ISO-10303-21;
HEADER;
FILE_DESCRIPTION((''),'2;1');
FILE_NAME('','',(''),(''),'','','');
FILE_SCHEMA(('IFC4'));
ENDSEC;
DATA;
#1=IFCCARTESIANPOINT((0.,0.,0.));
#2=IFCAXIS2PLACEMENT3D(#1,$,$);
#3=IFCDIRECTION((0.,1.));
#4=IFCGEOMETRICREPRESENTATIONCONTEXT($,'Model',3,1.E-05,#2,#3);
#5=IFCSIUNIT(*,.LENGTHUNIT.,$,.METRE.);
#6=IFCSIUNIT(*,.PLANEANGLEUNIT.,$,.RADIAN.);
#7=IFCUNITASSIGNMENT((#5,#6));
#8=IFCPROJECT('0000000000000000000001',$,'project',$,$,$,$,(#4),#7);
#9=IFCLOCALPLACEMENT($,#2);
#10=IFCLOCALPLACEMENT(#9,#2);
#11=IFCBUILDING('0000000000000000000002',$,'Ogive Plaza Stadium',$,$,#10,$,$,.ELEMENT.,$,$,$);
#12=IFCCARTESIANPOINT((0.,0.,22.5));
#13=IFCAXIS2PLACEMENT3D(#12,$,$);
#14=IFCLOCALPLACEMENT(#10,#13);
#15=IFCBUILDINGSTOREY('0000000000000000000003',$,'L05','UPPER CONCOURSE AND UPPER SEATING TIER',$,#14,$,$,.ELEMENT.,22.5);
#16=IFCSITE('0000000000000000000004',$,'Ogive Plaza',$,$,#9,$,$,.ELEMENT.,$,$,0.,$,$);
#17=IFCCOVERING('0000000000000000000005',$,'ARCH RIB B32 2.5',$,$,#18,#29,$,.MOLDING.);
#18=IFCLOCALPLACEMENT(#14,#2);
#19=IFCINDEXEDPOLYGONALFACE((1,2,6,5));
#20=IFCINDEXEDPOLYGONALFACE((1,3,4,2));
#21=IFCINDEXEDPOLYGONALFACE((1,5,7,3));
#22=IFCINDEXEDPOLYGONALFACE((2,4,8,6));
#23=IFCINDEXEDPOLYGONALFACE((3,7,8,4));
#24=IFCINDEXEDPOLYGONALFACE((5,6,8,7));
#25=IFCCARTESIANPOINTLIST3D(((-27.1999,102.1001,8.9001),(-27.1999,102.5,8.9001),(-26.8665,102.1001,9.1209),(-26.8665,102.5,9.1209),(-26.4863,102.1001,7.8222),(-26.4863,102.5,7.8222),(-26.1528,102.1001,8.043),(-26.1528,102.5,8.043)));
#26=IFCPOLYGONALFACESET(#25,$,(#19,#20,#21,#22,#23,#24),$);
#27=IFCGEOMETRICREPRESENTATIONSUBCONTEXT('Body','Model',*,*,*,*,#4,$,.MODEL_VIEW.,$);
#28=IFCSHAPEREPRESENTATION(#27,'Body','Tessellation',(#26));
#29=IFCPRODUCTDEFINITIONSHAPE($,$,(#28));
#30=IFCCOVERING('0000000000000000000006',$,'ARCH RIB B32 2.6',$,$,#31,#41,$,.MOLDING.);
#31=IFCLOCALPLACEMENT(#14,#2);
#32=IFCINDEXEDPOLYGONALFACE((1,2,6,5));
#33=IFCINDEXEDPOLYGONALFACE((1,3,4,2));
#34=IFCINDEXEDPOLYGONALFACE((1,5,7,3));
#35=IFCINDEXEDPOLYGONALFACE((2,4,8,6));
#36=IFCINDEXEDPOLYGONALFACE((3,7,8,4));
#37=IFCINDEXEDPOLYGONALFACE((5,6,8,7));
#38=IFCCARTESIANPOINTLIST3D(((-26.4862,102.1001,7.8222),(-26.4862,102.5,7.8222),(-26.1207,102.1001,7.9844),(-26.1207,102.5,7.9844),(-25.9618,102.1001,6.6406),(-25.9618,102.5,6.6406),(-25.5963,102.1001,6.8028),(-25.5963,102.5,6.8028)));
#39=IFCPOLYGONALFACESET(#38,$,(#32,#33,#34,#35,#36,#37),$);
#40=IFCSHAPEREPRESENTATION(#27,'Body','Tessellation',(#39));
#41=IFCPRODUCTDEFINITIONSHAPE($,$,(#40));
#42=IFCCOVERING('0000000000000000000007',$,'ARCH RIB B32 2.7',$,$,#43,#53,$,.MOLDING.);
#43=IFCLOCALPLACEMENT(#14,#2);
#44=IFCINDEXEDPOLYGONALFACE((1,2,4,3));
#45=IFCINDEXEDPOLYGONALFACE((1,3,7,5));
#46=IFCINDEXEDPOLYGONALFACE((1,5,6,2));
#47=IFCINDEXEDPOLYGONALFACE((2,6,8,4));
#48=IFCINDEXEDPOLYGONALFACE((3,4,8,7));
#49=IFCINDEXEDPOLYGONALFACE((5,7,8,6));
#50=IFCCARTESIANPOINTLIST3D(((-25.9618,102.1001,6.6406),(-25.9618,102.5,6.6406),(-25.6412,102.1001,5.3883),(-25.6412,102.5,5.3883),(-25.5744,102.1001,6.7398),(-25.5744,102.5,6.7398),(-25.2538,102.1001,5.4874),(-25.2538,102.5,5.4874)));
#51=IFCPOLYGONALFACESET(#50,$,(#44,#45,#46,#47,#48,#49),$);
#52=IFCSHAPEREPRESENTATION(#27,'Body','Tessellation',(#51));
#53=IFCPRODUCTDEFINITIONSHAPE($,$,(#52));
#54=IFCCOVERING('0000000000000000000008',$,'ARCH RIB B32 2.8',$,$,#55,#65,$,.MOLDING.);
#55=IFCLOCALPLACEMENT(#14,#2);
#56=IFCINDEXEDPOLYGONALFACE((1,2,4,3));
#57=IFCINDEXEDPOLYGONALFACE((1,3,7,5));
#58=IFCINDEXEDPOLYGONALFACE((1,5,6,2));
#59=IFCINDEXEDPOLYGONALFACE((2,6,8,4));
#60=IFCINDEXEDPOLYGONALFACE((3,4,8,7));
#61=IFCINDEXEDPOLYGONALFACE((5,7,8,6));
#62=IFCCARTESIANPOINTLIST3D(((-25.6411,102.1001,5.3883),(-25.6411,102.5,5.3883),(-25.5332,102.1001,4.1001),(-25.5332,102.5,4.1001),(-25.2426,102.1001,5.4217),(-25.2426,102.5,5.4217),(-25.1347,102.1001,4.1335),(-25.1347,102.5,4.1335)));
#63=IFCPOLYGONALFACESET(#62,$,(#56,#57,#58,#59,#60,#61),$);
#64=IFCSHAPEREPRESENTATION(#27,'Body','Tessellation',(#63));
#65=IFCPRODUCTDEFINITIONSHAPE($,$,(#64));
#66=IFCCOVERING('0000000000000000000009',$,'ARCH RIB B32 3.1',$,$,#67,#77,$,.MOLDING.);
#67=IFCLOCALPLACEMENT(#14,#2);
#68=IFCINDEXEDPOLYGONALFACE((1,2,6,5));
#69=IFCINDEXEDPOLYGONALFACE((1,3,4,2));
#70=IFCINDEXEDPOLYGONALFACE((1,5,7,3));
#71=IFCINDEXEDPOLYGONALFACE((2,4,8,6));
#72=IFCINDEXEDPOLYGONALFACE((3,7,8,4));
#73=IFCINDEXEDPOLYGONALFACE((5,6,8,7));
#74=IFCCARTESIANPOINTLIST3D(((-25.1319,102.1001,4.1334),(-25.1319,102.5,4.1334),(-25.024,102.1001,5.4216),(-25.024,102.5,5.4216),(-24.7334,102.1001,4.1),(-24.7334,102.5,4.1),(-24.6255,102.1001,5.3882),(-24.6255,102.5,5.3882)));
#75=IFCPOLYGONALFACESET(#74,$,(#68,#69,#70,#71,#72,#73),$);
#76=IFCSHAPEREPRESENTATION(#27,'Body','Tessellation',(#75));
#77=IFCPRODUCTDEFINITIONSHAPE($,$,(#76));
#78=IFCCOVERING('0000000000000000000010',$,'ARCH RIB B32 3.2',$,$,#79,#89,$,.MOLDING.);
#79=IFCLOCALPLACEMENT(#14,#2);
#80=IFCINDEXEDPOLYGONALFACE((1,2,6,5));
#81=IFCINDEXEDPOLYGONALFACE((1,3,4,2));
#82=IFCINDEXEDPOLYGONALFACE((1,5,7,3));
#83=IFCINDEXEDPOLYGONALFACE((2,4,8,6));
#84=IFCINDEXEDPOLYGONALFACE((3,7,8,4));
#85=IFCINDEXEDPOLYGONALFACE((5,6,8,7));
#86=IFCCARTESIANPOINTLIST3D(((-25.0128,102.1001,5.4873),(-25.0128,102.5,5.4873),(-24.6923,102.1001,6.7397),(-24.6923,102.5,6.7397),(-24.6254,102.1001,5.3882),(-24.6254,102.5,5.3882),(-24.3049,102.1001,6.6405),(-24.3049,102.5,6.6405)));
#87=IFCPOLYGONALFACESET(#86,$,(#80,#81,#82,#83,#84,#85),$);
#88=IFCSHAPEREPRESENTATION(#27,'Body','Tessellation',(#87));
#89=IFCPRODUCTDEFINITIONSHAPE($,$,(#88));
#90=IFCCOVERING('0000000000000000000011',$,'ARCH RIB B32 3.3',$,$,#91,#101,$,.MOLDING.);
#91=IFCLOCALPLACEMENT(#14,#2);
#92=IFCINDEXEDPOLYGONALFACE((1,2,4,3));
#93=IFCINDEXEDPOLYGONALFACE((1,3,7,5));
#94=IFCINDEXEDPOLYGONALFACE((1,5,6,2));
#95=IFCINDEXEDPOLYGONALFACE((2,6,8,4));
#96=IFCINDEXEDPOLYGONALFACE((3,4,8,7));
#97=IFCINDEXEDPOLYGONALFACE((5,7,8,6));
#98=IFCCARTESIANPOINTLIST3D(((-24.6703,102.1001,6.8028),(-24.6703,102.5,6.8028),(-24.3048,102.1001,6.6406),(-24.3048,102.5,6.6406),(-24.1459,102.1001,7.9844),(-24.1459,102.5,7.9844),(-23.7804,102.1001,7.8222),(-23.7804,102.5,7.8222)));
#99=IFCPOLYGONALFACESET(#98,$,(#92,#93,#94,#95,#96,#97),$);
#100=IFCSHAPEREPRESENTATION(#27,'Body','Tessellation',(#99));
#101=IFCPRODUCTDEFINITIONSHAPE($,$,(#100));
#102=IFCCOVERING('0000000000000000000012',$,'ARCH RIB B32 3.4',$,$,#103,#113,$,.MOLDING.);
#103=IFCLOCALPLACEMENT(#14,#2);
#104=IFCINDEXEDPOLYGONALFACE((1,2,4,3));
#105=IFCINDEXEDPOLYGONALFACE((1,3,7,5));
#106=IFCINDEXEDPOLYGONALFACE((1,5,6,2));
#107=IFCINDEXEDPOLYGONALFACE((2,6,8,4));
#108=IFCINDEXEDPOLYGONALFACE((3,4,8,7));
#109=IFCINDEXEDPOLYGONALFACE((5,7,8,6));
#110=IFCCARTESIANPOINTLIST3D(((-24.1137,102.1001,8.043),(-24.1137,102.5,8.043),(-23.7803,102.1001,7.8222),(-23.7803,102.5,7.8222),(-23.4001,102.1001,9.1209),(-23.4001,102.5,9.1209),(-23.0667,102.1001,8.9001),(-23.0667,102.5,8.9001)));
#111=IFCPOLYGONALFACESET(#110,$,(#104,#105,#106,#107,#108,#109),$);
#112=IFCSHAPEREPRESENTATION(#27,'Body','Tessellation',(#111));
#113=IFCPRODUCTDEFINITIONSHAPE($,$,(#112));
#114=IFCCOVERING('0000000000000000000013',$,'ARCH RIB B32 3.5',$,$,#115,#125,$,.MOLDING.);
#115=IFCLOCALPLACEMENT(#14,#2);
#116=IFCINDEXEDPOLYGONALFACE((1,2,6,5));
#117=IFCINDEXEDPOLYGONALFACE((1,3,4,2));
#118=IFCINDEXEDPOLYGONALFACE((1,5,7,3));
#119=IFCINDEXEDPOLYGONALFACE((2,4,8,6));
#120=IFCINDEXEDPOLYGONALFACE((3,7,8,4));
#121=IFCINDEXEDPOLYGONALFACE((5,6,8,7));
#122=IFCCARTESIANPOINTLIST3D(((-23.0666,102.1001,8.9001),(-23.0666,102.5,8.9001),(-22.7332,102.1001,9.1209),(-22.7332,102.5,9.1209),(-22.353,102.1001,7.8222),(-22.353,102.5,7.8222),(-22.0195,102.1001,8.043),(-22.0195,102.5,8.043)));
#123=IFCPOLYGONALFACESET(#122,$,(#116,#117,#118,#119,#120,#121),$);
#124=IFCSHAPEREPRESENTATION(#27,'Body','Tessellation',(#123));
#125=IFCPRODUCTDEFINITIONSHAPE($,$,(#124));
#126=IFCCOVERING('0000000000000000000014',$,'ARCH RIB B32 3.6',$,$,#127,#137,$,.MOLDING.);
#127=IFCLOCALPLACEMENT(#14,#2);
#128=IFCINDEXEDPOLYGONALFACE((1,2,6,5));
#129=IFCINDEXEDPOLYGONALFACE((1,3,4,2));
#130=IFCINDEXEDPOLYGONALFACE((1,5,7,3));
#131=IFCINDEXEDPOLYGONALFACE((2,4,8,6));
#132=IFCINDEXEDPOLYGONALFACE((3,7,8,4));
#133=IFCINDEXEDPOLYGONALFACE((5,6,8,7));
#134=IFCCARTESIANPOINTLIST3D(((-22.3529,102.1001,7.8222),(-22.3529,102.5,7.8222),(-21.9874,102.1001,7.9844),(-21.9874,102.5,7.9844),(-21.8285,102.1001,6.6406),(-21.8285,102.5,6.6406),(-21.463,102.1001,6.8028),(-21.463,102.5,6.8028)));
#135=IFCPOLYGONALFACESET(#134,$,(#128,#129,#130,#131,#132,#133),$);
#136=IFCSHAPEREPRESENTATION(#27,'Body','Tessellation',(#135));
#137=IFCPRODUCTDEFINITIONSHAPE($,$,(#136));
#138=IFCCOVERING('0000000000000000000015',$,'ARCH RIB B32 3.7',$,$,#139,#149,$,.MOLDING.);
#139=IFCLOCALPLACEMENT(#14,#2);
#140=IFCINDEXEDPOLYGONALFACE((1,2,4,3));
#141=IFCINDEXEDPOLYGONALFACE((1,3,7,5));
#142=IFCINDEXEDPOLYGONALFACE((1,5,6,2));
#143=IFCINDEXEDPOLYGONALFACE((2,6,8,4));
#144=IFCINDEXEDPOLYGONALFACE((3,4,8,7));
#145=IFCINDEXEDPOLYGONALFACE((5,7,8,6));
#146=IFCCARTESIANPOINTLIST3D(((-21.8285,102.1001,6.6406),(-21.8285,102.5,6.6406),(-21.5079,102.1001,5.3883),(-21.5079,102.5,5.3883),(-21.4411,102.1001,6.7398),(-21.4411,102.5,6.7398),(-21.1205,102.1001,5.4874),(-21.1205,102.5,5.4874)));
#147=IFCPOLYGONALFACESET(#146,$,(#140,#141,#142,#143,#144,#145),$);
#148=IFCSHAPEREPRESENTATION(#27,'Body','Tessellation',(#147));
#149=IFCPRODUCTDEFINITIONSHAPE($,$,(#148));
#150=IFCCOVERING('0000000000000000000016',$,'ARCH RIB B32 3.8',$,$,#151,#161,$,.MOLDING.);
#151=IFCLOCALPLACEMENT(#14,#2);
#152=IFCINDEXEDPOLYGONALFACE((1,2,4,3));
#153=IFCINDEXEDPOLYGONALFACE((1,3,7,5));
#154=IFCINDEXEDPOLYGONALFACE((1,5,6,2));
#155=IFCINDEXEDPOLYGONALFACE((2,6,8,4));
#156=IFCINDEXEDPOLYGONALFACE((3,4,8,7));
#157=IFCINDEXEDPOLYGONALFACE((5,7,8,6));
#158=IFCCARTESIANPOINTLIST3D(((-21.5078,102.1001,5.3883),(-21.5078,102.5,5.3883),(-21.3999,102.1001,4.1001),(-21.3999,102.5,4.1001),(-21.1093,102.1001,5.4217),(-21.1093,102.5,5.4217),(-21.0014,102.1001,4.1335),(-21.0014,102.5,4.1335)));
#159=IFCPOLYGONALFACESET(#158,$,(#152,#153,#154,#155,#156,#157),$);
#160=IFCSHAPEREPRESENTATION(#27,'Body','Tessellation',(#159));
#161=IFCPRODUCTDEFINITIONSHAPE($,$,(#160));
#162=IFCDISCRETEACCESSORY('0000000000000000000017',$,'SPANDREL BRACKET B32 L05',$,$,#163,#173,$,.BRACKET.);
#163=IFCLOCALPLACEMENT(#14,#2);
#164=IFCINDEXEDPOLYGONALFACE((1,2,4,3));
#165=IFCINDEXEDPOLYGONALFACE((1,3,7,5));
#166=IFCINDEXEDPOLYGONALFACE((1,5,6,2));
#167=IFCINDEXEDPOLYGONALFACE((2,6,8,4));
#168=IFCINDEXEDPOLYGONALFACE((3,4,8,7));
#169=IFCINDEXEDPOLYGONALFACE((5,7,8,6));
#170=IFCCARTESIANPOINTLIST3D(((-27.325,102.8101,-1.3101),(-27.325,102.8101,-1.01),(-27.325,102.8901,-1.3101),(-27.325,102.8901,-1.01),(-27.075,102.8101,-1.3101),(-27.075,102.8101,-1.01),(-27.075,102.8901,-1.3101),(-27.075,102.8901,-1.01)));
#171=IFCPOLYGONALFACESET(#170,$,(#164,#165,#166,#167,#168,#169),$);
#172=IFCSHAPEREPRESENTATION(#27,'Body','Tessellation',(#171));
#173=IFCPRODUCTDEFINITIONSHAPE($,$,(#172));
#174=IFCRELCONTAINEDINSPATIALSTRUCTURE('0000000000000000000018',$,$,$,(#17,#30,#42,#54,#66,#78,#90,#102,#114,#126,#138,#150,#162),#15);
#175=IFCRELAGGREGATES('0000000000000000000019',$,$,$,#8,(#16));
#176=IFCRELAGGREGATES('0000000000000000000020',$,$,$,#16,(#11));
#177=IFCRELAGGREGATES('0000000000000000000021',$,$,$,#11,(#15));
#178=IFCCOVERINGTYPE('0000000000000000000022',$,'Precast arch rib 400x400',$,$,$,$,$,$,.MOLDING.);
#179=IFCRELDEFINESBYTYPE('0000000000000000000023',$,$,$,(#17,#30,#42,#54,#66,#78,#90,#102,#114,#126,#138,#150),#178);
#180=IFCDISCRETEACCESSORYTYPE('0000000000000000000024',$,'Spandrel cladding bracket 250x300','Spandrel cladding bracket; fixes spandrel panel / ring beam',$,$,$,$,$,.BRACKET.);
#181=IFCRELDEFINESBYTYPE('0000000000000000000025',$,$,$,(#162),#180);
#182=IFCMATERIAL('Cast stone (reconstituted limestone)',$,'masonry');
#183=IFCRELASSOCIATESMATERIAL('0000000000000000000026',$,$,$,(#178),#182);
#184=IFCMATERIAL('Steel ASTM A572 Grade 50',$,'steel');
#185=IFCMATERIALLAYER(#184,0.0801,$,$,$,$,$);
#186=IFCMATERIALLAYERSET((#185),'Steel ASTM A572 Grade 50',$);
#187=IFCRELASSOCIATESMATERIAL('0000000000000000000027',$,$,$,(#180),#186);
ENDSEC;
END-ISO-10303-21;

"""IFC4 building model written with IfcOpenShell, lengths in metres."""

from ifc_helpers import new_model, si_unit, direction, frame, origin, origin_2d, place, context, subcontext, project, spatial, rectangle, extrude, material, layer, layer_set, material_profile, profile_set, type_object, element, save


model = new_model("IFC4")

# Units and contexts
model_context = context("Model", 3, precision=1e-05, world=origin(), true_north=direction((0.0, 1.0)))
body_context = subcontext(model_context, "Body", "Model", "MODEL_VIEW")
ifc_project = project(units=[si_unit("LENGTHUNIT", "METRE"), si_unit("PLANEANGLEUNIT", "RADIAN")], contexts=[model_context])

# Site, building, storey
site_placement = place(None, origin())
site = spatial("IfcSite", under=ifc_project, at=site_placement, Name="Ogive Plaza", CompositionType="ELEMENT", RefElevation=0.0)
building_placement = place(site_placement, origin())
building = spatial("IfcBuilding", under=site, at=building_placement, Name="Ogive Plaza Stadium", CompositionType="ELEMENT")
storey_placement = place(building_placement, frame((0.0, 0.0, 22.5)))
storey = spatial("IfcBuildingStorey", under=building, at=storey_placement, Name="L05", Description="UPPER CONCOURSE AND UPPER SEATING TIER", CompositionType="ELEMENT", Elevation=22.5)

# Coverings
ifc_material_1 = material(Name="Cast stone (reconstituted limestone)", Category="masonry")
ifc_material_profile_1 = material_profile(ifc_material_1, rectangle(XDim=0.3999, YDim=0.3999, at=origin_2d()), Name="Cast stone 400x400")
ifc_profile_set_1 = profile_set([ifc_material_profile_1], Name="Cast stone (reconstituted limestone)")
covering_type = type_object("IfcCoveringType", Name="Precast arch rib 400x400", PredefinedType="MOLDING", material=ifc_profile_set_1)
for number, where, z_axis, x_axis, name in (
    (1, (-27.0332, 102.3, 9.0105), (0.552039, 0.0, -0.833818), (0.0, 1.0, 0.0), "ARCH RIB B32 2.5"),
    (2, (-26.3035, 102.3, 7.9033), (0.405648, 0.0, -0.914029), (0.0, 1.0, 0.0), "ARCH RIB B32 2.6"),
    (3, (-25.7681, 102.3, 6.6902), (0.247953, 0.0, -0.968772), (0.0, 1.0, 0.0), "ARCH RIB B32 2.7"),
    (4, (-25.4419, 102.3, 5.405), (0.083467, 0.0, -0.996511), (0.0, 1.0, 0.0), "ARCH RIB B32 2.8"),
    (5, (-24.9326, 102.3, 4.1167), (0.083467, 0.0, 0.996511), (0.0, 1.0, 0.0), "ARCH RIB B32 3.1"),
    (6, (-24.8191, 102.3, 5.4377), (0.247953, 0.0, 0.968772), (0.0, 1.0, 0.0), "ARCH RIB B32 3.2"),
    (7, (-24.4875, 102.3, 6.7217), (0.405648, 0.0, 0.914029), (0.0, 1.0, 0.0), "ARCH RIB B32 3.3"),
    (8, (-23.947, 102.3, 7.9326), (0.552039, 0.0, 0.833818), (0.0, 1.0, 0.0), "ARCH RIB B32 3.4"),
    (9, (-22.8999, 102.3, 9.0105), (0.552039, 0.0, -0.833818), (0.0, 1.0, 0.0), "ARCH RIB B32 3.5"),
    (10, (-22.1702, 102.3, 7.9033), (0.405648, 0.0, -0.914029), (0.0, 1.0, 0.0), "ARCH RIB B32 3.6"),
    (11, (-21.6348, 102.3, 6.6902), (0.247953, 0.0, -0.968772), (0.0, 1.0, 0.0), "ARCH RIB B32 3.7"),
    (12, (-21.3086, 102.3, 5.405), (0.083467, 0.0, -0.996511), (0.0, 1.0, 0.0), "ARCH RIB B32 3.8"),
):
    element("IfcCovering", number, at=place(storey_placement, frame(where, z_axis=z_axis, x_axis=x_axis)), inside=storey, type_object=covering_type, Name=name, PredefinedType="MOLDING", context=body_context, shape_type="SweptSolid", body=[
        extrude(rectangle(XDim=0.3999, YDim=0.3999, at=origin_2d()), origin(), (0.0, 0.0, 1.0), 1.2927),
    ])

# Discrete accessory
ifc_material_2 = material(Name="Steel ASTM A572 Grade 50", Category="steel")
ifc_layer_1 = layer(ifc_material_2, 0.0801)
ifc_layer_set_1 = layer_set([ifc_layer_1], Name="Steel ASTM A572 Grade 50")
discrete_accessory_type = type_object("IfcDiscreteAccessoryType", Name="Spandrel cladding bracket 250x300", Description="Spandrel cladding bracket; fixes spandrel panel / ring beam", PredefinedType="BRACKET", material=ifc_layer_set_1)
discrete_accessory_placement = place(storey_placement, frame((-27.2, 102.8501, -1.3101), z_axis=(0.0, 0.0, 1.0), x_axis=(1.0, 0.0, 0.0)))
element("IfcDiscreteAccessory", 13, at=discrete_accessory_placement, inside=storey, type_object=discrete_accessory_type, Name="SPANDREL BRACKET B32 L05", PredefinedType="BRACKET", context=body_context, shape_type="SweptSolid", body=[
    extrude(rectangle(XDim=0.25, YDim=0.0801, at=origin_2d()), origin(), (0.0, 0.0, 1.0), 0.3),
])

save(model, "model.ifc")
